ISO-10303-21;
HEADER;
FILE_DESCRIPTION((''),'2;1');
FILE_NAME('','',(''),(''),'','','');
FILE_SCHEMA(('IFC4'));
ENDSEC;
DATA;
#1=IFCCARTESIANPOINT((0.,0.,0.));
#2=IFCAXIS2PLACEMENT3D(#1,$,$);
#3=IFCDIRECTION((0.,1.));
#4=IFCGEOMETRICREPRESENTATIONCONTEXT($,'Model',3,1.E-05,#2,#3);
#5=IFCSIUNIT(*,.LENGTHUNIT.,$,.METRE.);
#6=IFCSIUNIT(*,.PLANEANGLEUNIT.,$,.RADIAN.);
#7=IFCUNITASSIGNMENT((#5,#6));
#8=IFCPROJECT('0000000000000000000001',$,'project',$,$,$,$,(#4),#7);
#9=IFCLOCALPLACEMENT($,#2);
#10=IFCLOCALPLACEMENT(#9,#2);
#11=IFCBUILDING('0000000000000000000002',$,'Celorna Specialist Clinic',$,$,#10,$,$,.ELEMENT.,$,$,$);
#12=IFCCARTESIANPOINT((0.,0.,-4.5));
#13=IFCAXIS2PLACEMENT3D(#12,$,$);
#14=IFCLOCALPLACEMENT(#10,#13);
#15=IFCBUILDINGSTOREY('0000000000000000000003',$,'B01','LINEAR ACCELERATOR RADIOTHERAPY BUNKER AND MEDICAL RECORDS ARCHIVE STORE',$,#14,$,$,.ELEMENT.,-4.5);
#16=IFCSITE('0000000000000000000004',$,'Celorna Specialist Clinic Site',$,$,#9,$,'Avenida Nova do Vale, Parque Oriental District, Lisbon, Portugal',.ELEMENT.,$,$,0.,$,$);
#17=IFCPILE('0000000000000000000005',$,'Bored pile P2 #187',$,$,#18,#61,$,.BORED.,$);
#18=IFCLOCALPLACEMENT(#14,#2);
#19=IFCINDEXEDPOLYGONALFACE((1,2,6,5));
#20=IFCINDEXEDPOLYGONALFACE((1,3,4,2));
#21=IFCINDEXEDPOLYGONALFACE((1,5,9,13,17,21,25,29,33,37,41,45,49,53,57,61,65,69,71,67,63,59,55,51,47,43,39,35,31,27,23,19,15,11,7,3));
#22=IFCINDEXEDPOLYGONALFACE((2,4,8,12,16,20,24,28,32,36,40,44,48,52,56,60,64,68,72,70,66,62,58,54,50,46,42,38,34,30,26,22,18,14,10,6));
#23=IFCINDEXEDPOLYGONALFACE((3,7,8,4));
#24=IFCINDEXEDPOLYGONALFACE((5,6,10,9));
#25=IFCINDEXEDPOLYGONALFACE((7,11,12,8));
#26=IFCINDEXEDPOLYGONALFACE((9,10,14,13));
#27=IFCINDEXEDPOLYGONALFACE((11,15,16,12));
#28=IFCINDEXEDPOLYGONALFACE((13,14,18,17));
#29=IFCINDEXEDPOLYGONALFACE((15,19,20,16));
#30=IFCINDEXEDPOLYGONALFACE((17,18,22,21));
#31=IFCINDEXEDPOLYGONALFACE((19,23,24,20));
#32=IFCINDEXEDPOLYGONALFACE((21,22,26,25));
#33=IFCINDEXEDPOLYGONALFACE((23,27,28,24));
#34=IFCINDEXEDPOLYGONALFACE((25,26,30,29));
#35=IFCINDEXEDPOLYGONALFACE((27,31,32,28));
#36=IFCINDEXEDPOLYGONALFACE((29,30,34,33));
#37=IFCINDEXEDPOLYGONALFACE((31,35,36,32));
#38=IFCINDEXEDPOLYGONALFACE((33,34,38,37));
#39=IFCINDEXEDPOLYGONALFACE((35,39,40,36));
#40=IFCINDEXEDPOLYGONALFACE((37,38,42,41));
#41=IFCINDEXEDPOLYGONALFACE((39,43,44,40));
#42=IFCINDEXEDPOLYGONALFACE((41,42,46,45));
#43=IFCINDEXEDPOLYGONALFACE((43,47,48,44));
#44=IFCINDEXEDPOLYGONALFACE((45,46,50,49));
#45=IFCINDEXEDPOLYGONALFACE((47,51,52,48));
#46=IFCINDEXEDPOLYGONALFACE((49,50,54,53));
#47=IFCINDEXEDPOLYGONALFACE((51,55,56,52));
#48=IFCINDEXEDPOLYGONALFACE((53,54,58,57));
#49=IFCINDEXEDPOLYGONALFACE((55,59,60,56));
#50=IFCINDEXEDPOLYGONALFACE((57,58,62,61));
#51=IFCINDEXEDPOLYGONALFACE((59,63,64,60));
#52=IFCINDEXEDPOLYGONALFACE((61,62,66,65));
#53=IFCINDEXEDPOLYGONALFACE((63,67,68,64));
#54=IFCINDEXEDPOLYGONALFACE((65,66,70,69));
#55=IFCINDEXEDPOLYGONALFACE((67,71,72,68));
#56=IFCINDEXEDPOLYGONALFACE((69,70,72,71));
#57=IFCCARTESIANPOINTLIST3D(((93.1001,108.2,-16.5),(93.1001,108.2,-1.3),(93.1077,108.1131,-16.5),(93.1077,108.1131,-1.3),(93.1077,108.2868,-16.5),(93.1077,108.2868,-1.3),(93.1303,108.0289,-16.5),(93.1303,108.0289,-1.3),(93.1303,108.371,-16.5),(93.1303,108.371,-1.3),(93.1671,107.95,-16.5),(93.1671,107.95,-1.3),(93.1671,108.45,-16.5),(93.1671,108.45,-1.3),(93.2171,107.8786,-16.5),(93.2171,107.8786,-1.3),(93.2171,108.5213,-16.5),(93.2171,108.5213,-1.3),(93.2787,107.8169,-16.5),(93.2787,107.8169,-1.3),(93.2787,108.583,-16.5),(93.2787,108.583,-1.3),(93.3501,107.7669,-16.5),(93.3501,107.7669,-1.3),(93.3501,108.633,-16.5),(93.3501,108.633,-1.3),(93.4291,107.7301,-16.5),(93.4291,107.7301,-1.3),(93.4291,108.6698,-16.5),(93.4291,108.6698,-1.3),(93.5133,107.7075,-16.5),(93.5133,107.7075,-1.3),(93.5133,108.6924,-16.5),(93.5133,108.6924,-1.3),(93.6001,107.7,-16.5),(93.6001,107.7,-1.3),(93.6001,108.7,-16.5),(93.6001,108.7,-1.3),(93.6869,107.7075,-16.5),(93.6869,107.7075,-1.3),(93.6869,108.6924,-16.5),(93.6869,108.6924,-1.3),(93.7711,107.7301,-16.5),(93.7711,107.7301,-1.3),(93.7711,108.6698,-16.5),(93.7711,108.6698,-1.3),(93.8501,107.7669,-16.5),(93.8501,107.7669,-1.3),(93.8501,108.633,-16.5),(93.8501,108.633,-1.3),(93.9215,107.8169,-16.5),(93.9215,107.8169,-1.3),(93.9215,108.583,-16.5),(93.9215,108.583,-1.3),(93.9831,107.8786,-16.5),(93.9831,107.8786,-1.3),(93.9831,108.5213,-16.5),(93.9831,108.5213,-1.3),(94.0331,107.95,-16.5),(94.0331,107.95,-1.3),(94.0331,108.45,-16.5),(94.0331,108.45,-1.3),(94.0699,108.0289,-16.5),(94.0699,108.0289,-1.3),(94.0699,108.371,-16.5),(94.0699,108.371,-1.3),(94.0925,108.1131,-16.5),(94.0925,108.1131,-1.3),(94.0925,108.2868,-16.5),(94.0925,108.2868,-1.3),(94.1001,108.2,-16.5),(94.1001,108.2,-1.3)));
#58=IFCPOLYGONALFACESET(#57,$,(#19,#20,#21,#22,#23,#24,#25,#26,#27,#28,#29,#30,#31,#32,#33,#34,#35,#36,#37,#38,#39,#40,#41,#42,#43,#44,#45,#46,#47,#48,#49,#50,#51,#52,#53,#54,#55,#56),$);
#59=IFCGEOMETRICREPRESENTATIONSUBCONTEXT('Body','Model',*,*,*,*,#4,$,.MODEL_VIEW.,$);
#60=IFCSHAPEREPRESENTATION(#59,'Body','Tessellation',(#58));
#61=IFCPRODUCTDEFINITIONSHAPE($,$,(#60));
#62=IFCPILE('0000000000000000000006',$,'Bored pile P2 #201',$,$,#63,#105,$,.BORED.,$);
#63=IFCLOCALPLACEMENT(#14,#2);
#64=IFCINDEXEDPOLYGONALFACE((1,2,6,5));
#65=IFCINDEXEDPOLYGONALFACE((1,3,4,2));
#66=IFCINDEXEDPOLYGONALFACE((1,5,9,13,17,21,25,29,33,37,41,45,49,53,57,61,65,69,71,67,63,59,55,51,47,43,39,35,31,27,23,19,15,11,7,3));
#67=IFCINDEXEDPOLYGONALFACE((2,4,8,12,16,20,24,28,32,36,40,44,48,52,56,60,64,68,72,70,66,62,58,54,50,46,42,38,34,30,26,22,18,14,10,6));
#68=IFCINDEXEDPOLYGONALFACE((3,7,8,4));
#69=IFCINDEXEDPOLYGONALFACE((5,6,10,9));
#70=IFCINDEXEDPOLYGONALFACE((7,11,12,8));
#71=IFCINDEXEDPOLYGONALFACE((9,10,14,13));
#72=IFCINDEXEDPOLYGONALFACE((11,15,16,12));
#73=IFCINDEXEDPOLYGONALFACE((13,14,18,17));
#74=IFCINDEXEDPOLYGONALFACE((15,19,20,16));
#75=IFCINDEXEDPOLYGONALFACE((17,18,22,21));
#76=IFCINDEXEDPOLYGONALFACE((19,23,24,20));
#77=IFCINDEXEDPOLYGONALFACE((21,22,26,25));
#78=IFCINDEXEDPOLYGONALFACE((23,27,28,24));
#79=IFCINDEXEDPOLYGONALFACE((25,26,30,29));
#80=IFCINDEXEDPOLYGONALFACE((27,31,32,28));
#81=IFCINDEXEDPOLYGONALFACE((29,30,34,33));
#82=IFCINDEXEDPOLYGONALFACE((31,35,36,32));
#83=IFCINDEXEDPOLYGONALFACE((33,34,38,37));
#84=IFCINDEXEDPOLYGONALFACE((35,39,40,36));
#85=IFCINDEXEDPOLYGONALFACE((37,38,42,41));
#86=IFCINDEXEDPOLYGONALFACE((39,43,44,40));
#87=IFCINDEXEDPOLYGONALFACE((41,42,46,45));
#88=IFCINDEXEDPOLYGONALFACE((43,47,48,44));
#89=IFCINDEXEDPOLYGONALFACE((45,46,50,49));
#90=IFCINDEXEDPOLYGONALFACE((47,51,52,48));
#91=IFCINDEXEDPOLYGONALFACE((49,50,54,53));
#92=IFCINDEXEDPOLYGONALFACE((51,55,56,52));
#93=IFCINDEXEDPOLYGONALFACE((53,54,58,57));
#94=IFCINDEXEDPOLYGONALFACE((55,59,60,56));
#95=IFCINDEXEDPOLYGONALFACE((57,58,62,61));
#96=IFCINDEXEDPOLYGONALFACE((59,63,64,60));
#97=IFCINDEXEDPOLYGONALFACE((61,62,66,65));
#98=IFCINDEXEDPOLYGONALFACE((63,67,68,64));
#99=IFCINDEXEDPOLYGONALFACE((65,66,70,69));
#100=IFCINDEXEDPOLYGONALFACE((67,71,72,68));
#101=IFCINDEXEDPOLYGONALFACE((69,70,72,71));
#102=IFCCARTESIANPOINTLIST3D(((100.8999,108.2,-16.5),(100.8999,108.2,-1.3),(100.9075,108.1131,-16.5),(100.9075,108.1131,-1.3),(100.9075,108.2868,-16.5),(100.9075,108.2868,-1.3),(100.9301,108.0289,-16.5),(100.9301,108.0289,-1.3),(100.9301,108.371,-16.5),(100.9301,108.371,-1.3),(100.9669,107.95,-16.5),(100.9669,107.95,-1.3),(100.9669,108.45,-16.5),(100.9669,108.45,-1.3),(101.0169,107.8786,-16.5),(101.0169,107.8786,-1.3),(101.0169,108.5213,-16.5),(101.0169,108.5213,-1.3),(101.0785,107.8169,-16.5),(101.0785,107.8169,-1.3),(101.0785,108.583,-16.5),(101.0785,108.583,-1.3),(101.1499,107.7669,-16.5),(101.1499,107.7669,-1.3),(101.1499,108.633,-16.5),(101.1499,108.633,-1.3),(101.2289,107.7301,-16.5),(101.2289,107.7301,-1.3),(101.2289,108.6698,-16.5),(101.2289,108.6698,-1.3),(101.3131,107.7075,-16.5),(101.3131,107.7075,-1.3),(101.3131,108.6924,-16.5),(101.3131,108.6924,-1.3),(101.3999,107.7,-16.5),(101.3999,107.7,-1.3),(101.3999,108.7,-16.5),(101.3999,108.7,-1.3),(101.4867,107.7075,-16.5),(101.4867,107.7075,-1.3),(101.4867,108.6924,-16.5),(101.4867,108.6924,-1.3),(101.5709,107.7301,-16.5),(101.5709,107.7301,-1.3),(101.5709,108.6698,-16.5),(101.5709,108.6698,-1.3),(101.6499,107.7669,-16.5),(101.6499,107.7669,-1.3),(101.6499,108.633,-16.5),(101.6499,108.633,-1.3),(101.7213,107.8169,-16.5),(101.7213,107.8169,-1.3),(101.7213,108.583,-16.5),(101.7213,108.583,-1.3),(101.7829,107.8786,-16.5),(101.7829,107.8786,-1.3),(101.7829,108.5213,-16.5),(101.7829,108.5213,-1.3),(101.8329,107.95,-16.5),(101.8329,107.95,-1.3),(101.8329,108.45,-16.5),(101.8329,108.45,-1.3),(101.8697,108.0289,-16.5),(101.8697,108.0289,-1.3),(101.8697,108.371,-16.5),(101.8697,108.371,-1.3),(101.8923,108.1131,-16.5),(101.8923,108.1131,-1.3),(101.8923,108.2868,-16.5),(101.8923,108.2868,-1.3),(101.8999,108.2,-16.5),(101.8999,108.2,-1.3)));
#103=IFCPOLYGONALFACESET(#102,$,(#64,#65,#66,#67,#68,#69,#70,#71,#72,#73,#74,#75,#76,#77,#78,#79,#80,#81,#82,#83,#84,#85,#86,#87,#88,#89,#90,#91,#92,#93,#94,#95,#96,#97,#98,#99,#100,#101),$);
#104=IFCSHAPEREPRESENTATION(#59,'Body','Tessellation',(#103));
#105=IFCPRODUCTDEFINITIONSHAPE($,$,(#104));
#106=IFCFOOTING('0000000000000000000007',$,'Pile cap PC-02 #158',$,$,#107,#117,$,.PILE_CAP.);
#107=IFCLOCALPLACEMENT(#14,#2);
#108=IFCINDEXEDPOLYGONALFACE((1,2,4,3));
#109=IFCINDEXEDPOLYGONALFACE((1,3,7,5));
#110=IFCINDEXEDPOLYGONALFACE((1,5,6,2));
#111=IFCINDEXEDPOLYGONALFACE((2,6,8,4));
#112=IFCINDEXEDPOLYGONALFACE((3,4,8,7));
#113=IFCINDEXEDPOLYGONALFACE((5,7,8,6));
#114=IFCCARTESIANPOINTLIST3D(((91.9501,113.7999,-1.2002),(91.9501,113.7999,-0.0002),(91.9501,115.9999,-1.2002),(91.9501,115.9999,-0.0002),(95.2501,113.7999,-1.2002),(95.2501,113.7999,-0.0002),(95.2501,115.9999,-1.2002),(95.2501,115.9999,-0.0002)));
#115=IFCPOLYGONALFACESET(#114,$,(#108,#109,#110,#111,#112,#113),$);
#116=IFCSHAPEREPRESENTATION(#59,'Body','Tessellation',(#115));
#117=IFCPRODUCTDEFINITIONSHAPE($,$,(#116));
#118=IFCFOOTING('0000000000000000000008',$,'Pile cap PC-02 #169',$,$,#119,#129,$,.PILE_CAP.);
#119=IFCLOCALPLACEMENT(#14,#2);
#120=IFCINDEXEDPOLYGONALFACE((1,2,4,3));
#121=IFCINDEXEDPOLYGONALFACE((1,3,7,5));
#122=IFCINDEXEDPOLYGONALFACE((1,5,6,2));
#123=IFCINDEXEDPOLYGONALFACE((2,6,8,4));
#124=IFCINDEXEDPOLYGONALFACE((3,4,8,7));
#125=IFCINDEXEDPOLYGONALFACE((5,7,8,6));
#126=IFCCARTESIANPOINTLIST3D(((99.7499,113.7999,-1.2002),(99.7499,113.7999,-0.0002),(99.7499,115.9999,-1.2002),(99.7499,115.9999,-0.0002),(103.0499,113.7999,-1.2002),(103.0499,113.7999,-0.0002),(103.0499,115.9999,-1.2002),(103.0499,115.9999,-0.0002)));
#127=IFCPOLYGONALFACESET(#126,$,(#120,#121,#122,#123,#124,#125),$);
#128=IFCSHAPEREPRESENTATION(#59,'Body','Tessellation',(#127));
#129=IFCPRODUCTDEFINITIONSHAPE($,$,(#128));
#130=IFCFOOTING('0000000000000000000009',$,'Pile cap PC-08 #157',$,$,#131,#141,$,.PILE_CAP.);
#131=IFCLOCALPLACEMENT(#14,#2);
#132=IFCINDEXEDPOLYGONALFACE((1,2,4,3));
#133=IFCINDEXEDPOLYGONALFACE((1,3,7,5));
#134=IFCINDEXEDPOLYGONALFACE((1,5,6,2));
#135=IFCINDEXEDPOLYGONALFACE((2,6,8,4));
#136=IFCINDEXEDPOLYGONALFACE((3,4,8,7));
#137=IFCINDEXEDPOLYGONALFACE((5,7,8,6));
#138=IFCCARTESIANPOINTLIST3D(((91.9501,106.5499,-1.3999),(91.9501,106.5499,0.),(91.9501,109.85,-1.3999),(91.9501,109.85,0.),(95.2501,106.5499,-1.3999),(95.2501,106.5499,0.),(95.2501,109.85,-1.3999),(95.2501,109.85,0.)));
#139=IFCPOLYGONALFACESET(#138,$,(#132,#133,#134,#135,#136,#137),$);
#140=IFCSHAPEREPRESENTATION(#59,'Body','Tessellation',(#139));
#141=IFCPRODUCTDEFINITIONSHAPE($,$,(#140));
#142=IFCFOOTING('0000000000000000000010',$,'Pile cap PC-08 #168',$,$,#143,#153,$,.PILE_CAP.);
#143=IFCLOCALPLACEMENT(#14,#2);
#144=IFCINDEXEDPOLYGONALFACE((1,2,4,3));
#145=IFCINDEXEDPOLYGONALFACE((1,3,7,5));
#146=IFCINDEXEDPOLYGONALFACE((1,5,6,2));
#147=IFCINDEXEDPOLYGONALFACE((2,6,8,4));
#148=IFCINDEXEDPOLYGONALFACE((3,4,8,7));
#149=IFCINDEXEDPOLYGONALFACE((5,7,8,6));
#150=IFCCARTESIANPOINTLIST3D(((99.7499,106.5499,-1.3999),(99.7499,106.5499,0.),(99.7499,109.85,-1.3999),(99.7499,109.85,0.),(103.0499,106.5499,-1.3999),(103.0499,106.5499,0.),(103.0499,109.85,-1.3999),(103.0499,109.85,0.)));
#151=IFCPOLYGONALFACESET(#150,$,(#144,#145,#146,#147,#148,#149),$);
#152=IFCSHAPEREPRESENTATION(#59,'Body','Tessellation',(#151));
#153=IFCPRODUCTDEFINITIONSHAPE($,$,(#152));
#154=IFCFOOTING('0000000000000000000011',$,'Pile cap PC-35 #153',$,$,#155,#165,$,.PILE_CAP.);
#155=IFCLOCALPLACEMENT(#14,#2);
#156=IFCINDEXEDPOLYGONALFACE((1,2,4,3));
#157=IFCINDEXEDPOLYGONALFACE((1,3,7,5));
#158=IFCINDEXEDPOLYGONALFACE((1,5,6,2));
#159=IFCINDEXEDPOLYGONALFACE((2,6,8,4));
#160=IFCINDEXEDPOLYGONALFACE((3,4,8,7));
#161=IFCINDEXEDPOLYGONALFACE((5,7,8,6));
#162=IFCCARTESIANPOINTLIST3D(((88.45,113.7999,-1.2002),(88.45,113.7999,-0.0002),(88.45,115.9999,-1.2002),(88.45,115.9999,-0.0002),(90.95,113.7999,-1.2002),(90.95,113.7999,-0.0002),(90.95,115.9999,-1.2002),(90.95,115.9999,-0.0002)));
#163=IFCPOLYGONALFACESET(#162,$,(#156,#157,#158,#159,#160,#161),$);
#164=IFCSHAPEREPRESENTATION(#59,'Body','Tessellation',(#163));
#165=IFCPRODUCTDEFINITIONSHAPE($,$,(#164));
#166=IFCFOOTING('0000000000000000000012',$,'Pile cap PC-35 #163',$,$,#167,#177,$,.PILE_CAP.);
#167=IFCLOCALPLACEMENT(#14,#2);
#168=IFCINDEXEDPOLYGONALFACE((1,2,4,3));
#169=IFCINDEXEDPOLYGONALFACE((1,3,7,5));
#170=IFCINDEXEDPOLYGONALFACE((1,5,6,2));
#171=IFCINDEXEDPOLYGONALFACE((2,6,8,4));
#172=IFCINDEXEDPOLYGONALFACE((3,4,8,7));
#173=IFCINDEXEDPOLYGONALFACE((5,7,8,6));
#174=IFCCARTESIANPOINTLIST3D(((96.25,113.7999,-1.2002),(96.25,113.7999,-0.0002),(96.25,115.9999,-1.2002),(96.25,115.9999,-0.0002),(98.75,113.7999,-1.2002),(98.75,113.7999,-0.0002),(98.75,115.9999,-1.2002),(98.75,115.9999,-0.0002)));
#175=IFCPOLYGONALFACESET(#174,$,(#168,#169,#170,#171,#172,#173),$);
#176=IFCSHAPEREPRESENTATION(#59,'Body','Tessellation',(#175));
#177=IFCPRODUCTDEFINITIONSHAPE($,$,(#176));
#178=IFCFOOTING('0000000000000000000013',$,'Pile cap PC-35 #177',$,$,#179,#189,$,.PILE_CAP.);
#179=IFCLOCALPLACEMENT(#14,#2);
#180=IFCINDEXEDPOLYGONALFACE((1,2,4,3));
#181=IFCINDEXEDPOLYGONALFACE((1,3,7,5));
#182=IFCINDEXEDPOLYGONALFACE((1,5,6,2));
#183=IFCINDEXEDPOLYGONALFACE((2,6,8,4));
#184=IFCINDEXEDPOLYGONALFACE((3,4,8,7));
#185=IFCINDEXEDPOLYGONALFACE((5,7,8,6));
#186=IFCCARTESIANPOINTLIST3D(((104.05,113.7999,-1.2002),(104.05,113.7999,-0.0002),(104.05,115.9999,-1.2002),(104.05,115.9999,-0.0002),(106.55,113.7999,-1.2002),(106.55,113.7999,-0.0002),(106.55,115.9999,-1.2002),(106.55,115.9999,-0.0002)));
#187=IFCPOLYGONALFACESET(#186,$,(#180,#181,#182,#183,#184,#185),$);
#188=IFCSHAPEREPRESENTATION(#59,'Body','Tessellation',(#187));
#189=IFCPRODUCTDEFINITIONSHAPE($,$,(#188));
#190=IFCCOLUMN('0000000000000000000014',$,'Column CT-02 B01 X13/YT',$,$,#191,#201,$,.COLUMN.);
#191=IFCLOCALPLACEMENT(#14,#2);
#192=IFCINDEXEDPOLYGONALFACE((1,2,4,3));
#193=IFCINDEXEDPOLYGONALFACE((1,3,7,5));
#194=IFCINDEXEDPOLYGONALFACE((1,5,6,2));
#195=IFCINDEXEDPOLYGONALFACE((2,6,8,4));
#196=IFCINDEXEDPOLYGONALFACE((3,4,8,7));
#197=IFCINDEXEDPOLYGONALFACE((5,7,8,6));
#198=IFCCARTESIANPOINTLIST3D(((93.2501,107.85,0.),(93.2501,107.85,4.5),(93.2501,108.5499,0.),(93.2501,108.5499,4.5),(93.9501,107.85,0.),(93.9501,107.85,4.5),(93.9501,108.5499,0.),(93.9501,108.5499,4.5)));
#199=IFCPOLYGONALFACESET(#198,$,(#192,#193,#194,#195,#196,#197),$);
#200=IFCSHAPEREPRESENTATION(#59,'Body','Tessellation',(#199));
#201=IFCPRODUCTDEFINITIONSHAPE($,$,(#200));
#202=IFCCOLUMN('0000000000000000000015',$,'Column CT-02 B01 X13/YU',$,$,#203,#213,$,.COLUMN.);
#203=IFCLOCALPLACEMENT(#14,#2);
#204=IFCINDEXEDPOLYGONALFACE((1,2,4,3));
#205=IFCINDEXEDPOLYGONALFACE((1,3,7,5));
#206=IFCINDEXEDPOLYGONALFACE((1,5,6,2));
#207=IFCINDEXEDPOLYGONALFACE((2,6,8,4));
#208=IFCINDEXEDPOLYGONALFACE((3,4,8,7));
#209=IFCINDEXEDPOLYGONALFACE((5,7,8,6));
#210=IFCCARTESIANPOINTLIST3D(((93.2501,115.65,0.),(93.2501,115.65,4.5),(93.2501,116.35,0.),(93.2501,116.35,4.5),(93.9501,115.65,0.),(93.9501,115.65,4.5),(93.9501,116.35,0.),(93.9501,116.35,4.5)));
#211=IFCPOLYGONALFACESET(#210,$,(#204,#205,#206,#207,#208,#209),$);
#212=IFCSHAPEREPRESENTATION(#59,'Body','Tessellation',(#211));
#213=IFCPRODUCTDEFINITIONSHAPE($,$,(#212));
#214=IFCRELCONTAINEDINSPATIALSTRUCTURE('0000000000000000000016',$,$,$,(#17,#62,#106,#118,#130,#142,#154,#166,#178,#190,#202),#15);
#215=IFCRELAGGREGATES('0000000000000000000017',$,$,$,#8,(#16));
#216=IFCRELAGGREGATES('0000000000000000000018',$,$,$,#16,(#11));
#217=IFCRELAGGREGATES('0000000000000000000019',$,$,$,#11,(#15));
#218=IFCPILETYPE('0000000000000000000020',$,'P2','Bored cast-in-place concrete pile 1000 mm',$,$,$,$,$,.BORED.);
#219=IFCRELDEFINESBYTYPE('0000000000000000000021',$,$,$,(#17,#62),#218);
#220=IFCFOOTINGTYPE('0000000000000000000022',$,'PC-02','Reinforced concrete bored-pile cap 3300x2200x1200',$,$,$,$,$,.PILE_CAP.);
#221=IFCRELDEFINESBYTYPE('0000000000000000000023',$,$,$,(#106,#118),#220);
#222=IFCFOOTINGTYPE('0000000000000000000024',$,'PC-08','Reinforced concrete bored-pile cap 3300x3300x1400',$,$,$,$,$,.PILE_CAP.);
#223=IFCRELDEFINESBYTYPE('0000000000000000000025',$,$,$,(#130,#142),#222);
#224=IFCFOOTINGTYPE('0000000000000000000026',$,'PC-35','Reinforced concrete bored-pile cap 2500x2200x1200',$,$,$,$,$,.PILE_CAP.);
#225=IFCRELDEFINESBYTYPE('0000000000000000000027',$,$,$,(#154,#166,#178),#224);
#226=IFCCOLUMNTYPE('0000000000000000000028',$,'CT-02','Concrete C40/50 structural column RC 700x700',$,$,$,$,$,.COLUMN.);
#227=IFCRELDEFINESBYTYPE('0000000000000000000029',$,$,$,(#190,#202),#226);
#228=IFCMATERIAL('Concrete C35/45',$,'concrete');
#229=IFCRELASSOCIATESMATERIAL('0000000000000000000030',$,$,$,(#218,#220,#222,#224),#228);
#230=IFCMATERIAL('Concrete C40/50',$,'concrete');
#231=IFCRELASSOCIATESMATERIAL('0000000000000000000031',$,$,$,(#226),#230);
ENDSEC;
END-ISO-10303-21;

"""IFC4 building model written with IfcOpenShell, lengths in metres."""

from ifc_helpers import new_model, si_unit, direction, frame, origin, origin_2d, place, context, subcontext, project, spatial, rectangle, circle, extrude, material, material_profile, profile_set, type_object, element, save


model = new_model("IFC4")

# Units and contexts
model_context = context("Model", 3, precision=1e-05, world=origin(), true_north=direction((0.0, 1.0)))
body_context = subcontext(model_context, "Body", "Model", "MODEL_VIEW")
ifc_project = project(units=[si_unit("LENGTHUNIT", "METRE"), si_unit("PLANEANGLEUNIT", "RADIAN")], contexts=[model_context])

# Site, building, storey
site_placement = place(None, origin())
site = spatial("IfcSite", under=ifc_project, at=site_placement, Name="Celorna Specialist Clinic Site", LongName="Avenida Nova do Vale, Parque Oriental District, Lisbon, Portugal", CompositionType="ELEMENT", RefElevation=0.0)
building_placement = place(site_placement, origin())
building = spatial("IfcBuilding", under=site, at=building_placement, Name="Celorna Specialist Clinic", CompositionType="ELEMENT")
storey_placement = place(building_placement, frame((0.0, 0.0, -4.5)))
storey = spatial("IfcBuildingStorey", under=building, at=storey_placement, Name="B01", Description="LINEAR ACCELERATOR RADIOTHERAPY BUNKER AND MEDICAL RECORDS ARCHIVE STORE", CompositionType="ELEMENT", Elevation=-4.5)

# Piles
ifc_material_1 = material(Name="Concrete C35/45", Category="concrete")
ifc_material_profile_1 = material_profile(ifc_material_1, circle(Radius=0.5, at=origin_2d()), Name="BORED PILE 1000")
ifc_profile_set_1 = profile_set([ifc_material_profile_1], Name="Concrete C35/45")
pile_type_1 = type_object("IfcPileType", Name="P2", Description="Bored cast-in-place concrete pile 1000 mm", PredefinedType="BORED", material=ifc_profile_set_1)
for number, where, z_axis, x_axis, name in (
    (1, (93.6001, 108.2, -1.3), (0.0, 0.0, -1.0), (1.0, 0.0, 0.0), "Bored pile P2 #187"),
    (2, (101.3999, 108.2, -1.3), (0.0, 0.0, -1.0), (1.0, 0.0, 0.0), "Bored pile P2 #201"),
):
    element("IfcPile", number, at=place(storey_placement, frame(where, z_axis=z_axis, x_axis=x_axis)), inside=storey, type_object=pile_type_1, Name=name, PredefinedType="BORED", context=body_context, shape_type="SweptSolid", body=[
        extrude(circle(Radius=0.5, at=origin_2d()), origin(), (0.0, 0.0, 1.0), 15.2),
    ])

# Footings
footing_type_1 = type_object("IfcFootingType", Name="PC-02", Description="Reinforced concrete bored-pile cap 3300x2200x1200", PredefinedType="PILE_CAP", material=ifc_material_1)
for number, where, z_axis, x_axis, name in (
    (3, (93.6001, 114.8999, -1.2002), (0.0, 0.0, 1.0), (1.0, 0.0, 0.0), "Pile cap PC-02 #158"),
    (4, (101.3999, 114.8999, -1.2002), (0.0, 0.0, 1.0), (1.0, 0.0, 0.0), "Pile cap PC-02 #169"),
):
    element("IfcFooting", number, at=place(storey_placement, frame(where, z_axis=z_axis, x_axis=x_axis)), inside=storey, type_object=footing_type_1, Name=name, PredefinedType="PILE_CAP", context=body_context, shape_type="SweptSolid", body=[
        extrude(rectangle(XDim=3.3, YDim=2.2, at=origin_2d()), origin(), (0.0, 0.0, 1.0), 1.2),
    ])
footing_type_2 = type_object("IfcFootingType", Name="PC-08", Description="Reinforced concrete bored-pile cap 3300x3300x1400", PredefinedType="PILE_CAP", material=ifc_material_1)
for number, where, z_axis, x_axis, name in (
    (5, (93.6001, 108.2, -1.3999), (0.0, 0.0, 1.0), (1.0, 0.0, 0.0), "Pile cap PC-08 #157"),
    (6, (101.3999, 108.2, -1.3999), (0.0, 0.0, 1.0), (1.0, 0.0, 0.0), "Pile cap PC-08 #168"),
):
    element("IfcFooting", number, at=place(storey_placement, frame(where, z_axis=z_axis, x_axis=x_axis)), inside=storey, type_object=footing_type_2, Name=name, PredefinedType="PILE_CAP", context=body_context, shape_type="SweptSolid", body=[
        extrude(rectangle(XDim=3.3, YDim=3.3, at=origin_2d()), origin(), (0.0, 0.0, 1.0), 1.3999),
    ])
footing_type_3 = type_object("IfcFootingType", Name="PC-35", Description="Reinforced concrete bored-pile cap 2500x2200x1200", PredefinedType="PILE_CAP", material=ifc_material_1)
for number, where, z_axis, x_axis, name in (
    (7, (89.7, 114.8999, -1.2002), (0.0, 0.0, 1.0), (1.0, 0.0, 0.0), "Pile cap PC-35 #153"),
    (8, (97.5, 114.8999, -1.2002), (0.0, 0.0, 1.0), (1.0, 0.0, 0.0), "Pile cap PC-35 #163"),
    (9, (105.3, 114.8999, -1.2002), (0.0, 0.0, 1.0), (1.0, 0.0, 0.0), "Pile cap PC-35 #177"),
):
    element("IfcFooting", number, at=place(storey_placement, frame(where, z_axis=z_axis, x_axis=x_axis)), inside=storey, type_object=footing_type_3, Name=name, PredefinedType="PILE_CAP", context=body_context, shape_type="SweptSolid", body=[
        extrude(rectangle(XDim=2.5, YDim=2.2, at=origin_2d()), origin(), (0.0, 0.0, 1.0), 1.2),
    ])

# Columns
ifc_material_2 = material(Name="Concrete C40/50", Category="concrete")
ifc_material_profile_2 = material_profile(ifc_material_2, rectangle(XDim=0.7, YDim=0.7, at=origin_2d()), Name="RC 700x700")
ifc_profile_set_2 = profile_set([ifc_material_profile_2], Name="Concrete C40/50")
column_type_1 = type_object("IfcColumnType", Name="CT-02", Description="Concrete C40/50 structural column RC 700x700", PredefinedType="COLUMN", material=ifc_profile_set_2)
for number, where, z_axis, x_axis, name in (
    (10, (93.6001, 108.2, 0.0), (0.0, 0.0, 1.0), (1.0, 0.0, 0.0), "Column CT-02 B01 X13/YT"),
    (11, (93.6001, 116.0, 0.0), (0.0, 0.0, 1.0), (1.0, 0.0, 0.0), "Column CT-02 B01 X13/YU"),
):
    element("IfcColumn", number, at=place(storey_placement, frame(where, z_axis=z_axis, x_axis=x_axis)), inside=storey, type_object=column_type_1, Name=name, PredefinedType="COLUMN", context=body_context, shape_type="SweptSolid", body=[
        extrude(rectangle(XDim=0.7, YDim=0.7, at=origin_2d()), origin(), (0.0, 0.0, 1.0), 4.5),
    ])

save(model, "model.ifc")
